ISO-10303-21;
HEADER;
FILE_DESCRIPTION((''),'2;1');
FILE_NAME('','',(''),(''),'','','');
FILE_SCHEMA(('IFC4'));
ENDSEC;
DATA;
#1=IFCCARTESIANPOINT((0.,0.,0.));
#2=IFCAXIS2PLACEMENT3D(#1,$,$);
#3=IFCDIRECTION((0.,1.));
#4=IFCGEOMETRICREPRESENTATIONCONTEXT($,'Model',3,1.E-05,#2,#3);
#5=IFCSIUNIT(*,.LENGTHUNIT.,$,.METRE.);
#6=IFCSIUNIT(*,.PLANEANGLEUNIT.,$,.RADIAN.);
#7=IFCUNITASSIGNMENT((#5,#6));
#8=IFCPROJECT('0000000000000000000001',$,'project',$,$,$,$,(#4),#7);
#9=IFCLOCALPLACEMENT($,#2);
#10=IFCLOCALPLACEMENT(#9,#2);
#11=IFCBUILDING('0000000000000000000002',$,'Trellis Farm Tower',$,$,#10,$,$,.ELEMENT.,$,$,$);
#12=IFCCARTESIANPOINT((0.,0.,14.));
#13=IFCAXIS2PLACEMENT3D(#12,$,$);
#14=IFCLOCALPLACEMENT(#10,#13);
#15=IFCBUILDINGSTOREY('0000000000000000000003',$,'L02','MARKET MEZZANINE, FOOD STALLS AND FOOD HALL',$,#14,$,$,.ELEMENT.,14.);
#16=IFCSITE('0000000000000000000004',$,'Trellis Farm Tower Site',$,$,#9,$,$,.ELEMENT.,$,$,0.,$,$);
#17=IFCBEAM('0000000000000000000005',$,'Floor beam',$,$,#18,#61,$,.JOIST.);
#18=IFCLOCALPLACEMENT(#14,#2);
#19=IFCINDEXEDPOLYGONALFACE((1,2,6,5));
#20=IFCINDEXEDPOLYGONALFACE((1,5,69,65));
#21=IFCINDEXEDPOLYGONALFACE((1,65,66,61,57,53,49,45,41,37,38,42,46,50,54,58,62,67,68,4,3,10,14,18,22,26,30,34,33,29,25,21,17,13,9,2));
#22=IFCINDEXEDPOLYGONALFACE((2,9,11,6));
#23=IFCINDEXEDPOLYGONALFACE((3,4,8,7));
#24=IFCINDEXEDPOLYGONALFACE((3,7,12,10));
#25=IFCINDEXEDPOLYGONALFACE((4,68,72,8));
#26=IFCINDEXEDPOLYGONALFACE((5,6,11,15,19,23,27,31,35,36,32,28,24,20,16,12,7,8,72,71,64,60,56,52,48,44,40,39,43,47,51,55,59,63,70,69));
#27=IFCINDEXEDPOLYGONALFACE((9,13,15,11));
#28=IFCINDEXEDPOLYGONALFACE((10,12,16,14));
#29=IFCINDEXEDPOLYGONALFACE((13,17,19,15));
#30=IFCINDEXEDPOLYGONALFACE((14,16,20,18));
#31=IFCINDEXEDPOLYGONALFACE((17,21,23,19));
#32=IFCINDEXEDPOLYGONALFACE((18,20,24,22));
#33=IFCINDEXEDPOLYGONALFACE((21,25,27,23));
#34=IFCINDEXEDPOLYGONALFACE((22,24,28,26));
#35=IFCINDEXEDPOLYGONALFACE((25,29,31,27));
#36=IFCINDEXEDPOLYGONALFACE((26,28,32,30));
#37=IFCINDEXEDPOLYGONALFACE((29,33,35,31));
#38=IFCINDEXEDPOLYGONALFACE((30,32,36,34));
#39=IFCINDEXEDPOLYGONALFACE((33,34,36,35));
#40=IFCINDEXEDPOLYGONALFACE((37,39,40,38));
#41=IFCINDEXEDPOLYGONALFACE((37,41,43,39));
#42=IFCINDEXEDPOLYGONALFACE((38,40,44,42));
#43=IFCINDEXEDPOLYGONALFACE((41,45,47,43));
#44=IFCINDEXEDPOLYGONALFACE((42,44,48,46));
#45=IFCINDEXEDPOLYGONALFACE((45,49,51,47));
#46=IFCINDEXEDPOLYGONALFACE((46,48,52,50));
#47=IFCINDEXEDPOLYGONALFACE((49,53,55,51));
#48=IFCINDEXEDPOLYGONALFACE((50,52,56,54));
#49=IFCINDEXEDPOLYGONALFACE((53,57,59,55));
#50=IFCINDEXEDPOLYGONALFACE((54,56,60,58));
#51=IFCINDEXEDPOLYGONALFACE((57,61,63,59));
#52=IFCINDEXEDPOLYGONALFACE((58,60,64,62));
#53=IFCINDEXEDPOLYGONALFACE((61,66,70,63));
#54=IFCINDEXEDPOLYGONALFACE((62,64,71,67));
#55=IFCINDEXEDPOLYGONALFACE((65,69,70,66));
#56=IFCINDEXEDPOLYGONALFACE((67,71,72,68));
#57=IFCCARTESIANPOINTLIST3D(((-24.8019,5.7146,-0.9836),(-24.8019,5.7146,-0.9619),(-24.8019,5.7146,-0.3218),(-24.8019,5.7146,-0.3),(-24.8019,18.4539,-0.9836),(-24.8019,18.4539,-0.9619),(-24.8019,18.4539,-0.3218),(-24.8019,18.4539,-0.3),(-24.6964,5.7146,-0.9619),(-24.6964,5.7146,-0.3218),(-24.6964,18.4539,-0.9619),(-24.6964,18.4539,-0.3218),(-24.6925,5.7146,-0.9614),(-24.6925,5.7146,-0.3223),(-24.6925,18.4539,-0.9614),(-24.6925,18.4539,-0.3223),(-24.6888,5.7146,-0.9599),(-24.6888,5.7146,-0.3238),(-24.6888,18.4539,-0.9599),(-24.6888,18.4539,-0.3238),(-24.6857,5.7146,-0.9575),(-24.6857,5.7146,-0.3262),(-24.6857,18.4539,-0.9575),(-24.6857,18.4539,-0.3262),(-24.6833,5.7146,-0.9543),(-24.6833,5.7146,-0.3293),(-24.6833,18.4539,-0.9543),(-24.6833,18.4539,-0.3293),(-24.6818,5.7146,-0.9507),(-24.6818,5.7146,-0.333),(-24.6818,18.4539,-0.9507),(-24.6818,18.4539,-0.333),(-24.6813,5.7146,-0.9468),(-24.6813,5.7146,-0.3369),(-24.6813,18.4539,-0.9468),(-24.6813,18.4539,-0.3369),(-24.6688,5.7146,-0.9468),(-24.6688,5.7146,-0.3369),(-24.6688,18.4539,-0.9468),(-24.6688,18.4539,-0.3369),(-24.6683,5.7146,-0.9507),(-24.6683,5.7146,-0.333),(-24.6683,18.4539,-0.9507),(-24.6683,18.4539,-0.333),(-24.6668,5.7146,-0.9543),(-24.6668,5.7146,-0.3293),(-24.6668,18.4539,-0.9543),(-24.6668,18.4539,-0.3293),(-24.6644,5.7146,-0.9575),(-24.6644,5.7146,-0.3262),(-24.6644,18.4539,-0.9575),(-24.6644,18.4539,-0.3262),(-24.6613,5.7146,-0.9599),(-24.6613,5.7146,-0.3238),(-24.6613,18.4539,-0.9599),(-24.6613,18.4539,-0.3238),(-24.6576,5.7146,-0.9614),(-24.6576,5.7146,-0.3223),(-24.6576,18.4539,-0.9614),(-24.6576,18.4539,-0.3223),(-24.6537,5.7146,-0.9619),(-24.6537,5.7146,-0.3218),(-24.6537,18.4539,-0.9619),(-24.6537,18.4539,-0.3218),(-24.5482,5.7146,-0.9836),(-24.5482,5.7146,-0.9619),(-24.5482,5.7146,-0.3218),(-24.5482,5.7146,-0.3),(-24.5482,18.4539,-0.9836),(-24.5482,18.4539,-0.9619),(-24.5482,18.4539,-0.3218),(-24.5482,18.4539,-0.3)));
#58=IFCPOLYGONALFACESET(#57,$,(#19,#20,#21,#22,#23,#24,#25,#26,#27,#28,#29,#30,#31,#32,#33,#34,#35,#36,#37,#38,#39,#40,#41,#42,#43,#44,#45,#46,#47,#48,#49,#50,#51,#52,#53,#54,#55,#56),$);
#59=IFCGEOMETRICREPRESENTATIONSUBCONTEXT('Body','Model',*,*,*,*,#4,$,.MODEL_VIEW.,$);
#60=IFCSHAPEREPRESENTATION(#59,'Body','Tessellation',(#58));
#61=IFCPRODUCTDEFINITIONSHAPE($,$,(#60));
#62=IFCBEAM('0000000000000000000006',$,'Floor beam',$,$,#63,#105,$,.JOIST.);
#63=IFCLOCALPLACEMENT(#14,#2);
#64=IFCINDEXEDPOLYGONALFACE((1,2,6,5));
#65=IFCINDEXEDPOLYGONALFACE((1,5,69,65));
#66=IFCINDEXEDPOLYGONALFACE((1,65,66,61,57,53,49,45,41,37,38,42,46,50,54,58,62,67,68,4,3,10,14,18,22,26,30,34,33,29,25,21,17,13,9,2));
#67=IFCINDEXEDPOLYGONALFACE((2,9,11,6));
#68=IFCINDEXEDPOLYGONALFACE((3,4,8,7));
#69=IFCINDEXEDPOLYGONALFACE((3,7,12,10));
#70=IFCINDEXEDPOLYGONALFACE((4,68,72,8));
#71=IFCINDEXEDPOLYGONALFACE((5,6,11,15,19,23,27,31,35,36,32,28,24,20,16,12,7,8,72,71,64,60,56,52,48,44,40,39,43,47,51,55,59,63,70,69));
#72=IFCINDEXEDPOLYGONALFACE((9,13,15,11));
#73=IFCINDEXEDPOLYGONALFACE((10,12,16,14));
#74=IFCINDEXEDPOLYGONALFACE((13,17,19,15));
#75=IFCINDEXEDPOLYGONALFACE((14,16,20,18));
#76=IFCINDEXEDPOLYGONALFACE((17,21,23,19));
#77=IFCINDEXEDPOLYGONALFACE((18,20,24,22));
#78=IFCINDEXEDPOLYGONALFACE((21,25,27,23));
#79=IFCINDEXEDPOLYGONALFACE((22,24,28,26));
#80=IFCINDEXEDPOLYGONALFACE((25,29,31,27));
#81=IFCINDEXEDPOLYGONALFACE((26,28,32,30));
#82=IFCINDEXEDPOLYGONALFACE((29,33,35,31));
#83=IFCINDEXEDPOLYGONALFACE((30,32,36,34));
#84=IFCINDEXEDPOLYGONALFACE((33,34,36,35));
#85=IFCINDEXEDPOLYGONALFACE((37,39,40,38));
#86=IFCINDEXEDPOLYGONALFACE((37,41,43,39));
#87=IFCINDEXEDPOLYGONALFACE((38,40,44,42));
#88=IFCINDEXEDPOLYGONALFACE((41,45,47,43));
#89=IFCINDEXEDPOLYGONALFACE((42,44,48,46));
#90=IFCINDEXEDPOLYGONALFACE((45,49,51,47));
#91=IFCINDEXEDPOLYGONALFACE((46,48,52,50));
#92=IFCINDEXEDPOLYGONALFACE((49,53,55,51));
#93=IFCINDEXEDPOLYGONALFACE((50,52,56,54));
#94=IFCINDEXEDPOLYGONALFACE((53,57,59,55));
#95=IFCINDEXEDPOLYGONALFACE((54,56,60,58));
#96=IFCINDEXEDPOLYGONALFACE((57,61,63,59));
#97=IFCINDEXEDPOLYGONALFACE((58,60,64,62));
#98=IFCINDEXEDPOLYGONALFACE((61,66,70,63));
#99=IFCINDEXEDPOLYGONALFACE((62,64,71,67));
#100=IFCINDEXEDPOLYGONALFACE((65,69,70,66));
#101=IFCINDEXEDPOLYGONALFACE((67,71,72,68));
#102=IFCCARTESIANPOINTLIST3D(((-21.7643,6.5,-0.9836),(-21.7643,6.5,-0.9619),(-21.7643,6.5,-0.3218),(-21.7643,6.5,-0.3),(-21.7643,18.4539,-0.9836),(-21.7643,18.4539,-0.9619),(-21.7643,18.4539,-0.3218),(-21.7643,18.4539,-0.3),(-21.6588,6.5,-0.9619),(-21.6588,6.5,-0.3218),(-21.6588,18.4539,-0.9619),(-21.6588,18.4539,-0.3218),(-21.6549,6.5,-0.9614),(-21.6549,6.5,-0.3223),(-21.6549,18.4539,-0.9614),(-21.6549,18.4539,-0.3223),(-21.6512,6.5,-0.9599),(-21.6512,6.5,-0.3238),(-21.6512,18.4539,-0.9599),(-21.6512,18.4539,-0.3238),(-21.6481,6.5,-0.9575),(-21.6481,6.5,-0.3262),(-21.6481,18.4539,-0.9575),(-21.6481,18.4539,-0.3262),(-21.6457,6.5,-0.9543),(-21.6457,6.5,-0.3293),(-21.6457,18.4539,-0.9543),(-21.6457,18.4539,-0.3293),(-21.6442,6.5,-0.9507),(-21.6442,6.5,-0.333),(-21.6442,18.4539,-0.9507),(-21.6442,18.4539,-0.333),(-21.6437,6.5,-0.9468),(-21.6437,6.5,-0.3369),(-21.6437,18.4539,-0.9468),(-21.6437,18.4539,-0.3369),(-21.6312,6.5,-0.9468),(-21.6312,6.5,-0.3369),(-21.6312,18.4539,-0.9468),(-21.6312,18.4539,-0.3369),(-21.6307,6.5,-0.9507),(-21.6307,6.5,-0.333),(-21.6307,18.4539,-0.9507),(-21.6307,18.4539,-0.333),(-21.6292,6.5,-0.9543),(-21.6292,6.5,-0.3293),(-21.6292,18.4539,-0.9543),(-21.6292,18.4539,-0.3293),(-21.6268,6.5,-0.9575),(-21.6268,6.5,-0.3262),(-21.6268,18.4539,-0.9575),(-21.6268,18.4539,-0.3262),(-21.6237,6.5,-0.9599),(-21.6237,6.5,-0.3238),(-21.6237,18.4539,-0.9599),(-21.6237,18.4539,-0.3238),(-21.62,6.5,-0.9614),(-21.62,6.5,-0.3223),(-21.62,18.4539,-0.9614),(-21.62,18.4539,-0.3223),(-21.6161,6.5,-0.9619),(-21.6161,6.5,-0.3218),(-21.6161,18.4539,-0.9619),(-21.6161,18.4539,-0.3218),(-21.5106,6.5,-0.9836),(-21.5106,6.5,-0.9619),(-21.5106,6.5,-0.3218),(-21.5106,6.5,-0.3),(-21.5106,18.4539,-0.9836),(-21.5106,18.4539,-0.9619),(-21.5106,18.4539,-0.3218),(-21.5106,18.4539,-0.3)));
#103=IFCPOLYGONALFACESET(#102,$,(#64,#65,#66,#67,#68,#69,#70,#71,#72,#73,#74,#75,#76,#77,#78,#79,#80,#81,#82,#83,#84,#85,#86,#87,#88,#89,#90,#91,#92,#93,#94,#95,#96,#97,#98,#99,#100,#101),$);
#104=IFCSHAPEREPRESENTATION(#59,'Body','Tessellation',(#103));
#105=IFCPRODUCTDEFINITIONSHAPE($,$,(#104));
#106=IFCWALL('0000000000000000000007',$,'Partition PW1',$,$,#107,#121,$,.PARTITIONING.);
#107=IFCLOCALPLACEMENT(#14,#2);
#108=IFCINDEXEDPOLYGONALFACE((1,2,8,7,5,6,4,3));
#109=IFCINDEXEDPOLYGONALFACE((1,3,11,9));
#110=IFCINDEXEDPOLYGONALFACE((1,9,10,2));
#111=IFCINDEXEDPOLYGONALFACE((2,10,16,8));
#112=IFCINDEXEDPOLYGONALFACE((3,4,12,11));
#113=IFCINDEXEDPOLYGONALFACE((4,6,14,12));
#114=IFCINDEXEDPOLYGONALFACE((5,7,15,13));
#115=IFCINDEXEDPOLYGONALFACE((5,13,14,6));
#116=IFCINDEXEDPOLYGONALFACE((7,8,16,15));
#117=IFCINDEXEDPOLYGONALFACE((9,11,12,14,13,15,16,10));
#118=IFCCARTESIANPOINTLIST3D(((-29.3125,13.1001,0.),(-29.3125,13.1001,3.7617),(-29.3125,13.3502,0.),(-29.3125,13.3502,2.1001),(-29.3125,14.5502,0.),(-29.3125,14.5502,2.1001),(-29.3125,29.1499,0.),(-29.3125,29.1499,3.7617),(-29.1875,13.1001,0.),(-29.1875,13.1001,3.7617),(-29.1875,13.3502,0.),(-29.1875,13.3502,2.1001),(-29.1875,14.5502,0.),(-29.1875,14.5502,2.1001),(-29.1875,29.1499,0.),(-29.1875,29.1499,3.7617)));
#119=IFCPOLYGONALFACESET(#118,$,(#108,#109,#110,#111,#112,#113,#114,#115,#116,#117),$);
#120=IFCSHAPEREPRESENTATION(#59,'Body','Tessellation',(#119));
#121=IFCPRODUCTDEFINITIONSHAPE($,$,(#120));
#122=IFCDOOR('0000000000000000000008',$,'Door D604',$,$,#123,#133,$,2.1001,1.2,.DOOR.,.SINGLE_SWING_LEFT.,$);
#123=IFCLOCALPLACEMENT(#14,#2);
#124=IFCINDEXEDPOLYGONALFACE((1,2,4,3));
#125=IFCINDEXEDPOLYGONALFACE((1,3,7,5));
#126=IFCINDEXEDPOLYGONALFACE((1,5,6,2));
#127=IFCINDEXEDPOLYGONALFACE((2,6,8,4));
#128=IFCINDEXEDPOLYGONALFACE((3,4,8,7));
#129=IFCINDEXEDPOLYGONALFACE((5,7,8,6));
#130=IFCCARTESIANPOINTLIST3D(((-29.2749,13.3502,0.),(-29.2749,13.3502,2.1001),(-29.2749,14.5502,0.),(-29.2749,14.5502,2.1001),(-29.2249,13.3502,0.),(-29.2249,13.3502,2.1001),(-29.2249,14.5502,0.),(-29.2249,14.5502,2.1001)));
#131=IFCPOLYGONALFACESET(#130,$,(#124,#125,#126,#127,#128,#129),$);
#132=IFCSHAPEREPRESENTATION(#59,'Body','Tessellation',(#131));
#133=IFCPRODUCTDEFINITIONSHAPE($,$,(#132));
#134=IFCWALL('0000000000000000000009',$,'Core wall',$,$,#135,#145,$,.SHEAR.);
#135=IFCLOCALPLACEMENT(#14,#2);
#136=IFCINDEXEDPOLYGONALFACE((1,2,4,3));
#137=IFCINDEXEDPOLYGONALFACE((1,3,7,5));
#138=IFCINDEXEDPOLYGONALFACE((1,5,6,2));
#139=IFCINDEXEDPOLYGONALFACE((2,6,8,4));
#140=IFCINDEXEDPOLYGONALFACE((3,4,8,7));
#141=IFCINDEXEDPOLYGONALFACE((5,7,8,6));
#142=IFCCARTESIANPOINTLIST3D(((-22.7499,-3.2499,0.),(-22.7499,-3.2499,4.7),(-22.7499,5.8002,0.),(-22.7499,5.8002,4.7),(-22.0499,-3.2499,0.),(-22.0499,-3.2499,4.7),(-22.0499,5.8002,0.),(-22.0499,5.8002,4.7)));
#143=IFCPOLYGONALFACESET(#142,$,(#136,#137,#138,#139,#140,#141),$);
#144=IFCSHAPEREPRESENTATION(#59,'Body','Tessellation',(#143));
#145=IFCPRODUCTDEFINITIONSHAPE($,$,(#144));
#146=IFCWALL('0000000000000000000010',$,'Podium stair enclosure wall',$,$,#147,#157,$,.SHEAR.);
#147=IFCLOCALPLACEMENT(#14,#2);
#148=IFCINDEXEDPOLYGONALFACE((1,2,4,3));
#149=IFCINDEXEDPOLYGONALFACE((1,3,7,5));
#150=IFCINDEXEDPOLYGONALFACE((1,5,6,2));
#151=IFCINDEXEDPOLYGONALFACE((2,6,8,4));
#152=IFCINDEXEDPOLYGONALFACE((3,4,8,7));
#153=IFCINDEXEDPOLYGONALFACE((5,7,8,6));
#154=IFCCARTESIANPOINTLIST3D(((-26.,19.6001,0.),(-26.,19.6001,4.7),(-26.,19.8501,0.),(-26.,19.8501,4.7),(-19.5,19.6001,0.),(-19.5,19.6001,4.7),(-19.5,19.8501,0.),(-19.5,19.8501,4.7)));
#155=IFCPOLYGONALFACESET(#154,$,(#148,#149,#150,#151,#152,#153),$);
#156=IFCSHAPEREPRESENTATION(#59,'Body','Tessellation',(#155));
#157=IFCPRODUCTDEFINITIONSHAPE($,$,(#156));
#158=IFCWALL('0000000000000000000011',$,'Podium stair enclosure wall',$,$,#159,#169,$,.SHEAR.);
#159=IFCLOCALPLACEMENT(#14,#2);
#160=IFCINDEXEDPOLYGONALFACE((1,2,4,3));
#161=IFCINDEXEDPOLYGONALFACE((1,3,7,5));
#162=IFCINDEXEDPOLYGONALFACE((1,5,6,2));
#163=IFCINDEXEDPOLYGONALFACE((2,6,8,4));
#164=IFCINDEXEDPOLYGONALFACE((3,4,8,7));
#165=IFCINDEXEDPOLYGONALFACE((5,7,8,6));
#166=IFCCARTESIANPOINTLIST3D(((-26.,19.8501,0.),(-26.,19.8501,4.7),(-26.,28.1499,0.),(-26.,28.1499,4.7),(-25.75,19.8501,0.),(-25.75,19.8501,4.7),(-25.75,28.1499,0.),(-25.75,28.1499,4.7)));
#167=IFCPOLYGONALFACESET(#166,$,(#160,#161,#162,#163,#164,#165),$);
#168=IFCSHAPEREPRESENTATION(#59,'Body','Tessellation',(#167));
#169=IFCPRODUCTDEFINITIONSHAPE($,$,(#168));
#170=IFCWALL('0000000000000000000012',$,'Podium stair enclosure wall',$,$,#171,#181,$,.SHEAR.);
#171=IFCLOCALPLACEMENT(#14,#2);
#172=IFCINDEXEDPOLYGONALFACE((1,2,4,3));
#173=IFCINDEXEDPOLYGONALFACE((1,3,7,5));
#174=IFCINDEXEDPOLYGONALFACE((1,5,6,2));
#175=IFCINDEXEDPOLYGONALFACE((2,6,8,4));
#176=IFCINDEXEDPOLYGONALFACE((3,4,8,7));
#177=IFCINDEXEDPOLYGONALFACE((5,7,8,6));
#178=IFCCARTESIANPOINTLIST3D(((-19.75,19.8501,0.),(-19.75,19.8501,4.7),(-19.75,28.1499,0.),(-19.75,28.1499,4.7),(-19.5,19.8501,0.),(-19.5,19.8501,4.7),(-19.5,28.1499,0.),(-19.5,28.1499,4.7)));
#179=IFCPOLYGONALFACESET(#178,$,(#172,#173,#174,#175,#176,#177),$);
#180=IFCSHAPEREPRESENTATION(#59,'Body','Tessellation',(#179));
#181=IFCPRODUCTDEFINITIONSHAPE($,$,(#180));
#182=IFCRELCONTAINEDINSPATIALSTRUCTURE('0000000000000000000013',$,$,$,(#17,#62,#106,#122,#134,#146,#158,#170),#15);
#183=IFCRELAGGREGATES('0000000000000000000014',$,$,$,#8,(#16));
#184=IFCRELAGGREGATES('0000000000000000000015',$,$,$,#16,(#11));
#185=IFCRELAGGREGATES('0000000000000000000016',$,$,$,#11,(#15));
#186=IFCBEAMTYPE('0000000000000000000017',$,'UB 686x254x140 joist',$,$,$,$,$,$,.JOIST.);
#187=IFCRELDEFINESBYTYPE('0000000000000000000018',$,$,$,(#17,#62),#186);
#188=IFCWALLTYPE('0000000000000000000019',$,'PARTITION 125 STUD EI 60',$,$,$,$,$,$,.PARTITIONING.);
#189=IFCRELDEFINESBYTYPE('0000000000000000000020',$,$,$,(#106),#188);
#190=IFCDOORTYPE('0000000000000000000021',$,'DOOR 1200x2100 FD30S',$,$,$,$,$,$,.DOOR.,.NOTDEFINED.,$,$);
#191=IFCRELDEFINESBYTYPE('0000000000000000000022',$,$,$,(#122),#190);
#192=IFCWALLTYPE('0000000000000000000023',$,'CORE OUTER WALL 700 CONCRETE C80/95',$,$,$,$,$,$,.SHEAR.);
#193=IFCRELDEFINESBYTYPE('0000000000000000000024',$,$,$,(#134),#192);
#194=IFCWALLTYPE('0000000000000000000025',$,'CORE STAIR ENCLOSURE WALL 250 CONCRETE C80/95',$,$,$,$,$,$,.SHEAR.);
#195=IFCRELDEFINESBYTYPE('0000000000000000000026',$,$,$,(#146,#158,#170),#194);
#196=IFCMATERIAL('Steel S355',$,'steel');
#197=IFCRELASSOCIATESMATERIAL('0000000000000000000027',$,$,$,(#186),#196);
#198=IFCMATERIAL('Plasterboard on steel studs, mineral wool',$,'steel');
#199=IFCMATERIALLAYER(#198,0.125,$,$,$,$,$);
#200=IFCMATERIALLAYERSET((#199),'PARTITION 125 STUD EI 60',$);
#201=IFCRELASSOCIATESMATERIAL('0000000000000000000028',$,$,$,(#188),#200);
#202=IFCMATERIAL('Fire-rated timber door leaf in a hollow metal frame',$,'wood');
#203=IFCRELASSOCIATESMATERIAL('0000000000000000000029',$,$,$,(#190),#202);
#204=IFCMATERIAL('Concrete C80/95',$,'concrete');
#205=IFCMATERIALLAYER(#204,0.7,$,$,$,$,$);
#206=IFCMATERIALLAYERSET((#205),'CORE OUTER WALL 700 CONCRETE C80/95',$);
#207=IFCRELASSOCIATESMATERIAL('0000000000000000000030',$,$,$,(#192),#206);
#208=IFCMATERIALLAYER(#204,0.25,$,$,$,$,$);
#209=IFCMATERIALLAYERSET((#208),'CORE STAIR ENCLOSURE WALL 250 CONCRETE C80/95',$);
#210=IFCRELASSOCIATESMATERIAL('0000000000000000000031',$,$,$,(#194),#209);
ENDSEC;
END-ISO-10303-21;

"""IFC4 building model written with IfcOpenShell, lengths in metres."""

from ifc_helpers import new_model, si_unit, direction, frame, frame_2d, origin, origin_2d, place, context, subcontext, project, spatial, rectangle, i_section, extrude, source, transform, mapped, material, layer, layer_set, material_profile, profile_set, type_object, element, fill, save


model = new_model("IFC4")

# Units and contexts
model_context = context("Model", 3, precision=1e-05, world=origin(), true_north=direction((0.0, 1.0)))
body_context = subcontext(model_context, "Body", "Model", "MODEL_VIEW")
ifc_project = project(units=[si_unit("LENGTHUNIT", "METRE"), si_unit("PLANEANGLEUNIT", "RADIAN")], contexts=[model_context])

# Site, building, storey
site_placement = place(None, origin())
site = spatial("IfcSite", under=ifc_project, at=site_placement, Name="Trellis Farm Tower Site", CompositionType="ELEMENT", RefElevation=0.0)
building_placement = place(site_placement, origin())
building = spatial("IfcBuilding", under=site, at=building_placement, Name="Trellis Farm Tower", CompositionType="ELEMENT")
storey_placement = place(building_placement, frame((0.0, 0.0, 14.0)))
storey = spatial("IfcBuildingStorey", under=building, at=storey_placement, Name="L02", Description="MARKET MEZZANINE, FOOD STALLS AND FOOD HALL", CompositionType="ELEMENT", Elevation=14.0)

# Beams
ifc_material_1 = material(Name="Steel S355", Category="steel")
ifc_material_profile_1 = material_profile(ifc_material_1, i_section(OverallWidth=0.2537, OverallDepth=0.6836, WebThickness=0.0125, FlangeThickness=0.0217, FilletRadius=0.0151, at=origin_2d()), Name="UB 686x254x140")
ifc_profile_set_1 = profile_set([ifc_material_profile_1], Name="Steel S355")
beam_type_1 = type_object("IfcBeamType", Name="UB 686x254x140 joist", PredefinedType="JOIST", material=ifc_profile_set_1)
shared_shape_1 = source(origin(), body_context, "Body", "SweptSolid", [
    extrude(i_section(OverallWidth=0.2537, OverallDepth=0.6836, WebThickness=0.0125, FlangeThickness=0.0217, FilletRadius=0.0151, at=origin_2d()), origin(), (0.0, 0.0, 1.0), 12.7393),
])
for number, where, z_axis, x_axis, name in (
    (1, (-24.675, 5.7146, -0.6418), (0.0, 1.0, 0.0), (-1.0, 0.0, 0.0), "Floor beam"),
):
    element("IfcBeam", number, at=place(storey_placement, frame(where, z_axis=z_axis, x_axis=x_axis)), inside=storey, type_object=beam_type_1, Name=name, PredefinedType="JOIST", context=body_context, shape_type="MappedRepresentation", body=[
        mapped(shared_shape_1, transform((0.0, 0.0, 0.0))),
    ])
shared_shape_2 = source(origin(), body_context, "Body", "SweptSolid", [
    extrude(i_section(OverallWidth=0.2537, OverallDepth=0.6836, WebThickness=0.0125, FlangeThickness=0.0217, FilletRadius=0.0151, at=origin_2d()), origin(), (0.0, 0.0, 1.0), 11.9539),
])
beam_1_placement = place(storey_placement, frame((-21.6375, 6.5, -0.6418), z_axis=(0.0, 1.0, 0.0), x_axis=(-1.0, 0.0, 0.0)))
element("IfcBeam", 2, at=beam_1_placement, inside=storey, type_object=beam_type_1, Name="Floor beam", PredefinedType="JOIST", context=body_context, shape_type="MappedRepresentation", body=[
    mapped(shared_shape_2, transform((0.0, 0.0, 0.0))),
])

# Wall, opening, door
ifc_material_2 = material(Name="Plasterboard on steel studs, mineral wool", Category="steel")
ifc_layer_1 = layer(ifc_material_2, 0.125)
ifc_layer_set_1 = layer_set([ifc_layer_1], Name="PARTITION 125 STUD EI 60")
wall_type_1 = type_object("IfcWallType", Name="PARTITION 125 STUD EI 60", PredefinedType="PARTITIONING", material=ifc_layer_set_1)
wall_1_placement = place(storey_placement, frame((-29.25, 13.1001, 0.0), z_axis=(0.0, 0.0, 1.0), x_axis=(0.0, 1.0, 0.0)))
wall_1 = element("IfcWall", 3, at=wall_1_placement, inside=storey, type_object=wall_type_1, Name="Partition PW1", PredefinedType="PARTITIONING", context=body_context, shape_type="SweptSolid", body=[
    extrude(rectangle(XDim=16.0498, YDim=0.125, at=frame_2d((8.0249, 0.0))), origin(), (0.0, 0.0, 1.0), 3.7617),
])
shared_shape_3 = source(origin(), body_context, "Body", "SweptSolid", [
    extrude(rectangle(XDim=1.2, YDim=2.1001, at=frame_2d((0.6001, 1.05))), frame((0.0, 0.0725, 0.0), z_axis=(0.0, -1.0, 0.0), x_axis=(1.0, 0.0, 0.0)), (0.0, 0.0, 1.0), 0.145),
])
opening_placement = place(wall_1_placement, frame((0.25, 0.0, 0.0)))
opening = element("IfcOpeningElement", 4, at=opening_placement, cuts=wall_1, PredefinedType="OPENING", context=body_context, shape_type="MappedRepresentation", body=[
    mapped(shared_shape_3, transform((0.0, 0.0, 0.0))),
])
ifc_material_3 = material(Name="Fire-rated timber door leaf in a hollow metal frame", Category="wood")
door_type = type_object("IfcDoorType", Name="DOOR 1200x2100 FD30S", OperationType="NOTDEFINED", PredefinedType="DOOR", material=ifc_material_3)
shared_shape_4 = source(origin(), body_context, "Body", "SweptSolid", [
    extrude(rectangle(XDim=1.2, YDim=2.1001, at=frame_2d((0.6001, 1.05))), frame((0.0, 0.0249, 0.0), z_axis=(0.0, -1.0, 0.0), x_axis=(1.0, 0.0, 0.0)), (0.0, 0.0, 1.0), 0.05),
])
door_placement = place(opening_placement, origin())
door = element("IfcDoor", 5, at=door_placement, inside=storey, type_object=door_type, Name="Door D604", OperationType="SINGLE_SWING_LEFT", OverallHeight=2.1001, OverallWidth=1.2, PredefinedType="DOOR", context=body_context, shape_type="MappedRepresentation", body=[
    mapped(shared_shape_4, transform((0.0, 0.0, 0.0))),
])
fill(opening, door)

# Walls
ifc_material_4 = material(Name="Concrete C80/95", Category="concrete")
ifc_layer_2 = layer(ifc_material_4, 0.7)
ifc_layer_set_2 = layer_set([ifc_layer_2], Name="CORE OUTER WALL 700 CONCRETE C80/95")
wall_type_2 = type_object("IfcWallType", Name="CORE OUTER WALL 700 CONCRETE C80/95", PredefinedType="SHEAR", material=ifc_layer_set_2)
shared_shape_5 = source(origin(), body_context, "Body", "SweptSolid", [
    extrude(rectangle(XDim=9.05, YDim=0.7, at=frame_2d((4.5249, 0.0))), origin(), (0.0, 0.0, 1.0), 4.7),
])
wall_2_placement = place(storey_placement, frame((-22.3999, 5.8, 0.0), z_axis=(0.0, 0.0, 1.0), x_axis=(0.0, -1.0, 0.0)))
element("IfcWall", 6, at=wall_2_placement, inside=storey, type_object=wall_type_2, Name="Core wall", PredefinedType="SHEAR", context=body_context, shape_type="MappedRepresentation", body=[
    mapped(shared_shape_5, transform((0.0, 0.0, 0.0))),
])
ifc_layer_3 = layer(ifc_material_4, 0.25)
ifc_layer_set_3 = layer_set([ifc_layer_3], Name="CORE STAIR ENCLOSURE WALL 250 CONCRETE C80/95")
wall_type_3 = type_object("IfcWallType", Name="CORE STAIR ENCLOSURE WALL 250 CONCRETE C80/95", PredefinedType="SHEAR", material=ifc_layer_set_3)
shared_shape_6 = source(origin(), body_context, "Body", "SweptSolid", [
    extrude(rectangle(XDim=6.5, YDim=0.25, at=frame_2d((3.25, 0.0))), origin(), (0.0, 0.0, 1.0), 4.7),
])
wall_3_placement = place(storey_placement, frame((-26.0, 19.7251, 0.0), z_axis=(0.0, 0.0, 1.0), x_axis=(1.0, 0.0, 0.0)))
element("IfcWall", 7, at=wall_3_placement, inside=storey, type_object=wall_type_3, Name="Podium stair enclosure wall", PredefinedType="SHEAR", context=body_context, shape_type="MappedRepresentation", body=[
    mapped(shared_shape_6, transform((0.0, 0.0, 0.0))),
])
shared_shape_7 = source(origin(), body_context, "Body", "SweptSolid", [
    extrude(rectangle(XDim=8.2998, YDim=0.25, at=frame_2d((4.1499, 0.0))), origin(), (0.0, 0.0, 1.0), 4.7),
])
for number, where, z_axis, x_axis, name in (
    (8, (-25.875, 19.8501, 0.0), (0.0, 0.0, 1.0), (0.0, 1.0, 0.0), "Podium stair enclosure wall"),
    (9, (-19.625, 19.8501, 0.0), (0.0, 0.0, 1.0), (0.0, 1.0, 0.0), "Podium stair enclosure wall"),
):
    element("IfcWall", number, at=place(storey_placement, frame(where, z_axis=z_axis, x_axis=x_axis)), inside=storey, type_object=wall_type_3, Name=name, PredefinedType="SHEAR", context=body_context, shape_type="MappedRepresentation", body=[
        mapped(shared_shape_7, transform((0.0, 0.0, 0.0))),
    ])

save(model, "model.ifc")
